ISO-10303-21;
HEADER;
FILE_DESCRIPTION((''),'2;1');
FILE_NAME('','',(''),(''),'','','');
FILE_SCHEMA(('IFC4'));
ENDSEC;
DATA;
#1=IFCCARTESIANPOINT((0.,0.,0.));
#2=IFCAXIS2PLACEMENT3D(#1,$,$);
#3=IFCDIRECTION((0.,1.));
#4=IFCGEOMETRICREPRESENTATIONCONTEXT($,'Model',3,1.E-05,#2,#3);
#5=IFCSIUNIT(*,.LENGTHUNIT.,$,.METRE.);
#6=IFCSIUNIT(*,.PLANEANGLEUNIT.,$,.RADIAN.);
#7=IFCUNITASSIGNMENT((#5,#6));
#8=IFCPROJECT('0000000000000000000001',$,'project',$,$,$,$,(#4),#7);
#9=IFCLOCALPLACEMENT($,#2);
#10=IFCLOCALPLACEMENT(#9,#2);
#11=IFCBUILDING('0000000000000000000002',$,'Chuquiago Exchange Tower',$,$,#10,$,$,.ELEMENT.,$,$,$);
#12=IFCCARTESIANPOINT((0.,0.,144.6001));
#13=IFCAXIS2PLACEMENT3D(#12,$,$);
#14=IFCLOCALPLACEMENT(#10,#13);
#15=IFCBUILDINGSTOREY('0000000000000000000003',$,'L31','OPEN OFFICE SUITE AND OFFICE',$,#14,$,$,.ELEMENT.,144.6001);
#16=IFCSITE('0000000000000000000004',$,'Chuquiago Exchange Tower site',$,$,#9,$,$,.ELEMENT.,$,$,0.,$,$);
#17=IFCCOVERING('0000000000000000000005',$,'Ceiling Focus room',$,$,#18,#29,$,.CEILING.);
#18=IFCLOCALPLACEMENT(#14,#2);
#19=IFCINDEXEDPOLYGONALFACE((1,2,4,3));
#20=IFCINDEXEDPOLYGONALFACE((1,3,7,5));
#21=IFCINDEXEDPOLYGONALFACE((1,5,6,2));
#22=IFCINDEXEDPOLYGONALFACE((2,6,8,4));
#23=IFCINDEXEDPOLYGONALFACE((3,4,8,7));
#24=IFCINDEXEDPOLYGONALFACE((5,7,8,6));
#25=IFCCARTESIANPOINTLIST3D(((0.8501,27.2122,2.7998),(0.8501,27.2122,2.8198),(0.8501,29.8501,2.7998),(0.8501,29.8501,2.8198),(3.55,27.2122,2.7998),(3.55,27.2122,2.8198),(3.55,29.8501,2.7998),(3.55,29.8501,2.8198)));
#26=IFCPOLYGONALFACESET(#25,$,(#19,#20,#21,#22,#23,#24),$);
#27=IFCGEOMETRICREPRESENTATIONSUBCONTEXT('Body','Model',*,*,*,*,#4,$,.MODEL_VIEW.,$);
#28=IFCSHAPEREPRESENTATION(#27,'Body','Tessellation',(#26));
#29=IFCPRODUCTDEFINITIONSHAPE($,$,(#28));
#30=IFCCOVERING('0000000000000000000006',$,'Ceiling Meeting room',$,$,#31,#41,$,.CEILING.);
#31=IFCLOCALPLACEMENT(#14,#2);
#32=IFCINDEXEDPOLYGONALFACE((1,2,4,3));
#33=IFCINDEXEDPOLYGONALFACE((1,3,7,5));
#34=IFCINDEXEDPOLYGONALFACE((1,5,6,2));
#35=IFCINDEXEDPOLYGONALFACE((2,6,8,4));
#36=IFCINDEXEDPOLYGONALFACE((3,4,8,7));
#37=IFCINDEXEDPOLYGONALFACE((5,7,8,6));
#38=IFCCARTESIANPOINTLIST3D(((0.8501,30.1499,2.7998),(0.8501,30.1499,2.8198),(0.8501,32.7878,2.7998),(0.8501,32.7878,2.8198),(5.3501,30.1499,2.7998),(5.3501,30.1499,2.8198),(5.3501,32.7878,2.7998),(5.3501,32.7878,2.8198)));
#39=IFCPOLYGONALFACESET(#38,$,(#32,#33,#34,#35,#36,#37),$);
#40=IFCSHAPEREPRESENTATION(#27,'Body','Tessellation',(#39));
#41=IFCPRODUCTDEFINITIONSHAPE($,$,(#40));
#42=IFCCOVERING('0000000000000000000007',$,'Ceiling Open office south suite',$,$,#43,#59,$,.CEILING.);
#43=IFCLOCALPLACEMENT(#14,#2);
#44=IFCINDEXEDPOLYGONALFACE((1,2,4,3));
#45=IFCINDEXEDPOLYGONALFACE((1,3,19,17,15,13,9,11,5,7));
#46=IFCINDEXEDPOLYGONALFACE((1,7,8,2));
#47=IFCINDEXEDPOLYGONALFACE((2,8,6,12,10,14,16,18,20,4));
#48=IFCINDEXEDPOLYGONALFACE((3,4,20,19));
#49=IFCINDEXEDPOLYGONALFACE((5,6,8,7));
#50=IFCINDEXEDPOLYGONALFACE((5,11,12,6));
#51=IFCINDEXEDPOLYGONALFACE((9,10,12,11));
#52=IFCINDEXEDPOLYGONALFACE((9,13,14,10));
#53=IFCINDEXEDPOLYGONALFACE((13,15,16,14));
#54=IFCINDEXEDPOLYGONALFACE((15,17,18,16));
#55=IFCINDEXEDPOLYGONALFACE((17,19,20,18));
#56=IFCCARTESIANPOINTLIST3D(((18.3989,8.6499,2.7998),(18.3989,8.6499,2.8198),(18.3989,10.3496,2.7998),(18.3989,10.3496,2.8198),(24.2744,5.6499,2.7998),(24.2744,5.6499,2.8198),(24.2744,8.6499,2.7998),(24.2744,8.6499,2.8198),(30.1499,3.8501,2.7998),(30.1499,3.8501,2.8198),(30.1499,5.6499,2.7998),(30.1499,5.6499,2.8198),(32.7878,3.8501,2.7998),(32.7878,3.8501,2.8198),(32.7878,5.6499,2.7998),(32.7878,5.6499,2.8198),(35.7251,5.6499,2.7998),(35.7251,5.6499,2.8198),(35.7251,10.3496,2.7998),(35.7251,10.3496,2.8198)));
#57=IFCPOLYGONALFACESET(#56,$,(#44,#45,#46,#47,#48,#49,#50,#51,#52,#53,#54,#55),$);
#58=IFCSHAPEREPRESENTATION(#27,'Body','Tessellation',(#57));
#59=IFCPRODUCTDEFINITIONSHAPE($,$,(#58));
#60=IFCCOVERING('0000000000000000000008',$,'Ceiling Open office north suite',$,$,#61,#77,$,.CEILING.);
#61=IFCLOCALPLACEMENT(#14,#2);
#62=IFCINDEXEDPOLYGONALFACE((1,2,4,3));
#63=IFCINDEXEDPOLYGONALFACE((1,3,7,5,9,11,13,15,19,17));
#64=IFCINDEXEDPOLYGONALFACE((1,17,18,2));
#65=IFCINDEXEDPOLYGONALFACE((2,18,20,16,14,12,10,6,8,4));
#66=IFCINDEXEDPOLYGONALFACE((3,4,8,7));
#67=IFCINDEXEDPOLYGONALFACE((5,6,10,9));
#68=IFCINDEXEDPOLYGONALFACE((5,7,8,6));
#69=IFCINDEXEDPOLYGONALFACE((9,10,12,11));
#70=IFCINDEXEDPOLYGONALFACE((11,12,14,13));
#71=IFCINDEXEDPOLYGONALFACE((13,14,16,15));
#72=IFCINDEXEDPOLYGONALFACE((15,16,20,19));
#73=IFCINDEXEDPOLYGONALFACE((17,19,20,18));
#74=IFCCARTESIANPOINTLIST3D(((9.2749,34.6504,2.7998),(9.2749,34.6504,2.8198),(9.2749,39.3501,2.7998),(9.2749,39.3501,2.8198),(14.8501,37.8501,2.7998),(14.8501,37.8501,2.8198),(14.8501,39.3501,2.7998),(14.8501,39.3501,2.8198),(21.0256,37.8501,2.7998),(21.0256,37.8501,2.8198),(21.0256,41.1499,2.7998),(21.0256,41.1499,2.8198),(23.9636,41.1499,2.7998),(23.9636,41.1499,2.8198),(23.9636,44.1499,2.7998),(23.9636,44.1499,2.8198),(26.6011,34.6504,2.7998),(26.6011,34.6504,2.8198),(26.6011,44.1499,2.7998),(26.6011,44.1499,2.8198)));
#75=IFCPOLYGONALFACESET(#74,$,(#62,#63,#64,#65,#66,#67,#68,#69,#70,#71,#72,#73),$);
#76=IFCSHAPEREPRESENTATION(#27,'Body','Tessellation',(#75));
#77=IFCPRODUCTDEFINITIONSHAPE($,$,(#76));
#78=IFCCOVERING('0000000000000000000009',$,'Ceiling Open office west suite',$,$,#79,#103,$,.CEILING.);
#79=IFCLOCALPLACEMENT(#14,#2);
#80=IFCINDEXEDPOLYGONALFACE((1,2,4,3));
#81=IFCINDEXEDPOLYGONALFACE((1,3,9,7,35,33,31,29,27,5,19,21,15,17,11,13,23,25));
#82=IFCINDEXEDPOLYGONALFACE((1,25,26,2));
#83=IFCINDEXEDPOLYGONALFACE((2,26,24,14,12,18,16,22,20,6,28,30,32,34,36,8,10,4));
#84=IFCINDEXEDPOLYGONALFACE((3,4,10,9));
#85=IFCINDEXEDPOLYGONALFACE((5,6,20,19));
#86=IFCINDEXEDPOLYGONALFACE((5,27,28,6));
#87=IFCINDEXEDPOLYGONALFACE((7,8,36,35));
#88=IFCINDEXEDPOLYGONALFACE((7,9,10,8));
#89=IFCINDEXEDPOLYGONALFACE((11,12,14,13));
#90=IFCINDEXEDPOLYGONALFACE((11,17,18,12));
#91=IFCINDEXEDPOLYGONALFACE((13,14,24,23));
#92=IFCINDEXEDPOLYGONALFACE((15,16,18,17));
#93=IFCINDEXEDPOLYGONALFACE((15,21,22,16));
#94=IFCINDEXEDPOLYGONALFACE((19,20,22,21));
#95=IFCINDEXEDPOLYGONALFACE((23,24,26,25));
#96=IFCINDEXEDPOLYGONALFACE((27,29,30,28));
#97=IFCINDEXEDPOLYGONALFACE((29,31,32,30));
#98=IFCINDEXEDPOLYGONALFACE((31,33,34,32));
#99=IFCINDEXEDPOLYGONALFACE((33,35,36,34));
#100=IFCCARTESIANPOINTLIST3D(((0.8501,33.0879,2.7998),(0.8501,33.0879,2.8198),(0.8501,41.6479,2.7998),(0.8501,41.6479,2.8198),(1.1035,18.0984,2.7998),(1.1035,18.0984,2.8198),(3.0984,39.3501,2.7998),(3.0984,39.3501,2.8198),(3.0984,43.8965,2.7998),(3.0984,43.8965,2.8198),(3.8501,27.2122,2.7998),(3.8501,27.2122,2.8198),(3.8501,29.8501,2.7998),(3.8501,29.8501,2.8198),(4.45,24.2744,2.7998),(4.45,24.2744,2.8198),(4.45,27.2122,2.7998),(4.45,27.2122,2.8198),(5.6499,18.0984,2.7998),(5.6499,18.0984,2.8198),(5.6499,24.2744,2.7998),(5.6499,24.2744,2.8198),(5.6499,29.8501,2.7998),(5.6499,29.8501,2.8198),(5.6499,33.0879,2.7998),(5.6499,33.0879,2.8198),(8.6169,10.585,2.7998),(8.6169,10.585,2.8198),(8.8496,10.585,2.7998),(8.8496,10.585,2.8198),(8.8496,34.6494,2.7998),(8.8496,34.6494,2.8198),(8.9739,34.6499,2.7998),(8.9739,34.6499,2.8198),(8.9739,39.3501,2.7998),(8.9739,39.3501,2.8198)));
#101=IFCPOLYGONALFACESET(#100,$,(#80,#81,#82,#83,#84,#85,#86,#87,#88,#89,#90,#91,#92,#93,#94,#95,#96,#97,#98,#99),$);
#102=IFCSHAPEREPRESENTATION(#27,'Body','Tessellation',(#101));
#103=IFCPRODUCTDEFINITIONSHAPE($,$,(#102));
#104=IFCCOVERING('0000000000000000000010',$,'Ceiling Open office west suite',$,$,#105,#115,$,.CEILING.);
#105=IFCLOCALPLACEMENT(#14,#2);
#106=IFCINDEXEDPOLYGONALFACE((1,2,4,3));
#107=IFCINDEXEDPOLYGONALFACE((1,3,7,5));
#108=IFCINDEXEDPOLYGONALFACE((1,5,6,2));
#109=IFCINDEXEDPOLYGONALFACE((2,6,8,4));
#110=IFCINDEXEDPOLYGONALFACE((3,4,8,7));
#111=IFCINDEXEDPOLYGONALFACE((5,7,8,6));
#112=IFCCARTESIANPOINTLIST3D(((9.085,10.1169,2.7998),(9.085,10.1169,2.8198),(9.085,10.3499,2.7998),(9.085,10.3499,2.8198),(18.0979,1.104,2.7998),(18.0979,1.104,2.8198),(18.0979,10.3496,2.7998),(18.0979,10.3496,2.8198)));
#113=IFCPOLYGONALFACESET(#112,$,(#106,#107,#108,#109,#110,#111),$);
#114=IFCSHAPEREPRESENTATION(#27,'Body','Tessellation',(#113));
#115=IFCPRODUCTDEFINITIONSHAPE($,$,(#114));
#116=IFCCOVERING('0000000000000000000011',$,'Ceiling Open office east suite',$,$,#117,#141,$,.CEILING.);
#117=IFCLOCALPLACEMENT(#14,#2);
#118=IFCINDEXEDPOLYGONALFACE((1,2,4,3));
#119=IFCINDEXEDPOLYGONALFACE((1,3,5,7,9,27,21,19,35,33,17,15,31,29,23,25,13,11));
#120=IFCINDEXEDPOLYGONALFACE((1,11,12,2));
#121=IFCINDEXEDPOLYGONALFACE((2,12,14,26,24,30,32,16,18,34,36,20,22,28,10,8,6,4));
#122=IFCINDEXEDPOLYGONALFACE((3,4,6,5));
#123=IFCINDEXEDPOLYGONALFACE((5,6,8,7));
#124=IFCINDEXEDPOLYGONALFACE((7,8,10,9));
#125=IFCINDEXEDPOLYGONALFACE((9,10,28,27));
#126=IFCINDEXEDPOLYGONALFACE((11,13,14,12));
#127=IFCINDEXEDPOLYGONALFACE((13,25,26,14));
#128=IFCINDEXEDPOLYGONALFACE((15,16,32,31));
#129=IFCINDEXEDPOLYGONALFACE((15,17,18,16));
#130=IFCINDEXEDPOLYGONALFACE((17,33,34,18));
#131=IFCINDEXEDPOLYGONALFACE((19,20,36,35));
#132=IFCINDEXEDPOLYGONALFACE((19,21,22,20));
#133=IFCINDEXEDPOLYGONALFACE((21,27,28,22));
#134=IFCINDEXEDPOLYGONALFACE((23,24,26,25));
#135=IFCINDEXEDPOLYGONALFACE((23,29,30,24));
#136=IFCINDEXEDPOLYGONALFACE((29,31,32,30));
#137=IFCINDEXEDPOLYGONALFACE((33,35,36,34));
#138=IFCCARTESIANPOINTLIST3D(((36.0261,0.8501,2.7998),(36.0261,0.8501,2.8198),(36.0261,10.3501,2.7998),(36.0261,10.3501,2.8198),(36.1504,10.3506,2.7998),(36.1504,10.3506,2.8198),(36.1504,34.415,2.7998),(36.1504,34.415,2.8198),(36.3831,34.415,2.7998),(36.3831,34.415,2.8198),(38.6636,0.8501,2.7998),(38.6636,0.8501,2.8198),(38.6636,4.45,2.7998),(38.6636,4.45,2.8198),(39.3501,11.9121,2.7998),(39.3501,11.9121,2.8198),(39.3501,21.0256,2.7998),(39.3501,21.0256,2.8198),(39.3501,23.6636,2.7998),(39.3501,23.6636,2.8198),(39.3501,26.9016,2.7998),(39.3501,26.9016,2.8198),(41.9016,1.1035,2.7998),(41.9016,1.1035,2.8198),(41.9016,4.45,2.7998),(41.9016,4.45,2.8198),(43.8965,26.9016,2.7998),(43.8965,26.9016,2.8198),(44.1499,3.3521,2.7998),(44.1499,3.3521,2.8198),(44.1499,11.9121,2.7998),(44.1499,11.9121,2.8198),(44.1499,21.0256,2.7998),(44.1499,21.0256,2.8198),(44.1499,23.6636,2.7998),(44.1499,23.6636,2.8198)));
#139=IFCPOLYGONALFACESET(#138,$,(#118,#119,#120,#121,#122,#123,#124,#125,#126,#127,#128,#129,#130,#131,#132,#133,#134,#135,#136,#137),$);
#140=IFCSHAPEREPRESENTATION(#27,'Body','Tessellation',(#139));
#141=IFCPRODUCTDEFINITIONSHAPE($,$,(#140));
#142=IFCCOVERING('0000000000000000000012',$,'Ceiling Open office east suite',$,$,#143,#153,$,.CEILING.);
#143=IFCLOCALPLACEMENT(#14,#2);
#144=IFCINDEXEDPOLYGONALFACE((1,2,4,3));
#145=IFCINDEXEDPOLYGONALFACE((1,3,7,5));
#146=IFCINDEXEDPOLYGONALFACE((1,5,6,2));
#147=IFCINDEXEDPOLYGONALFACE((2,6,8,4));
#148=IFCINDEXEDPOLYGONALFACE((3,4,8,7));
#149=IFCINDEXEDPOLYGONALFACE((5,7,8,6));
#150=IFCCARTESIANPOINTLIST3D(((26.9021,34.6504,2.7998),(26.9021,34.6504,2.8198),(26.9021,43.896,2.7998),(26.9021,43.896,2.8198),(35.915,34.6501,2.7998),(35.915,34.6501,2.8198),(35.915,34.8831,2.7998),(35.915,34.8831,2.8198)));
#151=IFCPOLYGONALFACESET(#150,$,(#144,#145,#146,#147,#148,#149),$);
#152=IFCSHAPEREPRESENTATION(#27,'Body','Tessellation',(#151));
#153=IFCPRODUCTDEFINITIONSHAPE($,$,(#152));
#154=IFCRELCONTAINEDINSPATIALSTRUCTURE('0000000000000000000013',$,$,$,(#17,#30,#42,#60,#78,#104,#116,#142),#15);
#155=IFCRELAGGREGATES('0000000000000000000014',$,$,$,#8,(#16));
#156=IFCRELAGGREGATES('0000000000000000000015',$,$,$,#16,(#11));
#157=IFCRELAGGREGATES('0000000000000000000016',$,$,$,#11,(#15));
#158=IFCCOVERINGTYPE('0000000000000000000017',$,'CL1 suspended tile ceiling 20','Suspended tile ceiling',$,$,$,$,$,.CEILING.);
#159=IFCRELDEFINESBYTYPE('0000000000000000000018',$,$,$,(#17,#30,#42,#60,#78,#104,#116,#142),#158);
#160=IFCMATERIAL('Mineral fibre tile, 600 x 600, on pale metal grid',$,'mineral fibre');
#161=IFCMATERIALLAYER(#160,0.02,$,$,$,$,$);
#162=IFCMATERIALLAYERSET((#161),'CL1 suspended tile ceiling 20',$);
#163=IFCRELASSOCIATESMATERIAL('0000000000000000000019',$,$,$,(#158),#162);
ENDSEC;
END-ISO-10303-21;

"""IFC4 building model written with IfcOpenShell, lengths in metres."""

from ifc_helpers import new_model, si_unit, direction, frame, origin, place, context, subcontext, project, spatial, polyline, outline, extrude, material, layer, layer_set, type_object, element, save


model = new_model("IFC4")

# Units and contexts
model_context = context("Model", 3, precision=1e-05, world=origin(), true_north=direction((0.0, 1.0)))
body_context = subcontext(model_context, "Body", "Model", "MODEL_VIEW")
ifc_project = project(units=[si_unit("LENGTHUNIT", "METRE"), si_unit("PLANEANGLEUNIT", "RADIAN")], contexts=[model_context])

# Site, building, storey
site_placement = place(None, origin())
site = spatial("IfcSite", under=ifc_project, at=site_placement, Name="Chuquiago Exchange Tower site", CompositionType="ELEMENT", RefElevation=0.0)
building_placement = place(site_placement, origin())
building = spatial("IfcBuilding", under=site, at=building_placement, Name="Chuquiago Exchange Tower", CompositionType="ELEMENT")
storey_placement = place(building_placement, frame((0.0, 0.0, 144.6001)))
storey = spatial("IfcBuildingStorey", under=building, at=storey_placement, Name="L31", Description="OPEN OFFICE SUITE AND OFFICE", CompositionType="ELEMENT", Elevation=144.6001)

# Coverings
ifc_material_1 = material(Name="Mineral fibre tile, 600 x 600, on pale metal grid", Category="mineral fibre")
ifc_layer_1 = layer(ifc_material_1, 0.02)
ifc_layer_set_1 = layer_set([ifc_layer_1], Name="CL1 suspended tile ceiling 20")
covering_type_1 = type_object("IfcCoveringType", Name="CL1 suspended tile ceiling 20", Description="Suspended tile ceiling", PredefinedType="CEILING", material=ifc_layer_set_1)
covering_1_placement = place(storey_placement, frame((0.0, 0.0, 2.7998)))
element("IfcCovering", 1, at=covering_1_placement, inside=storey, type_object=covering_type_1, Name="Ceiling Focus room", PredefinedType="CEILING", context=body_context, shape_type="SweptSolid", body=[
    extrude(outline(polyline([(3.55, 29.8501), (3.55, 27.2122), (0.8501, 27.2122), (0.8501, 29.8501), (3.55, 29.8501)])), origin(), (0.0, 0.0, 1.0), 0.02),
])
covering_2_placement = place(storey_placement, frame((0.0, 0.0, 2.7998)))
element("IfcCovering", 2, at=covering_2_placement, inside=storey, type_object=covering_type_1, Name="Ceiling Meeting room", PredefinedType="CEILING", context=body_context, shape_type="SweptSolid", body=[
    extrude(outline(polyline([(5.3501, 32.7878), (5.3501, 30.1499), (0.8501, 30.1499), (0.8501, 32.7878), (5.3501, 32.7878)])), origin(), (0.0, 0.0, 1.0), 0.02),
])
covering_3_placement = place(storey_placement, frame((0.0, 0.0, 2.7998)))
element("IfcCovering", 3, at=covering_3_placement, inside=storey, type_object=covering_type_1, Name="Ceiling Open office south suite", PredefinedType="CEILING", context=body_context, shape_type="SweptSolid", body=[
    extrude(outline(polyline([(32.7878, 3.8501), (30.1499, 3.8501), (30.1499, 5.6499), (24.2744, 5.6499), (24.2744, 8.6499), (18.3989, 8.6499), (18.3989, 10.3496), (35.7251, 10.3496), (35.7251, 5.6499), (32.7878, 5.6499), (32.7878, 3.8501)])), origin(), (0.0, 0.0, 1.0), 0.02),
])
covering_4_placement = place(storey_placement, frame((0.0, 0.0, 2.7998)))
element("IfcCovering", 4, at=covering_4_placement, inside=storey, type_object=covering_type_1, Name="Ceiling Open office north suite", PredefinedType="CEILING", context=body_context, shape_type="SweptSolid", body=[
    extrude(outline(polyline([(14.8501, 39.3501), (14.8501, 37.8501), (21.0256, 37.8501), (21.0256, 41.1499), (23.9636, 41.1499), (23.9636, 44.1499), (26.6011, 44.1499), (26.6011, 34.6504), (9.2749, 34.6504), (9.2749, 39.3501), (14.8501, 39.3501)])), origin(), (0.0, 0.0, 1.0), 0.02),
])
covering_5_placement = place(storey_placement, frame((0.0, 0.0, 2.7998)))
element("IfcCovering", 5, at=covering_5_placement, inside=storey, type_object=covering_type_1, Name="Ceiling Open office west suite", PredefinedType="CEILING", context=body_context, shape_type="SweptSolid", body=[
    extrude(outline(polyline([(3.0984, 39.3501), (8.9739, 39.3501), (8.9739, 34.6499), (8.8496, 34.6494), (8.8496, 10.585), (8.6169, 10.585), (1.1035, 18.0984), (5.6499, 18.0984), (5.6499, 24.2744), (4.45, 24.2744), (4.45, 27.2122), (3.8501, 27.2122), (3.8501, 29.8501), (5.6499, 29.8501), (5.6499, 33.0879), (0.8501, 33.0879), (0.8501, 41.6479), (3.0984, 43.8965), (3.0984, 39.3501)])), origin(), (0.0, 0.0, 1.0), 0.02),
])
covering_6_placement = place(storey_placement, frame((0.0, 0.0, 2.7998)))
element("IfcCovering", 6, at=covering_6_placement, inside=storey, type_object=covering_type_1, Name="Ceiling Open office west suite", PredefinedType="CEILING", context=body_context, shape_type="SweptSolid", body=[
    extrude(outline(polyline([(18.0979, 10.3496), (18.0979, 1.104), (9.085, 10.1169), (9.085, 10.3499), (18.0979, 10.3496)])), origin(), (0.0, 0.0, 1.0), 0.02),
])
covering_7_placement = place(storey_placement, frame((0.0, 0.0, 2.7998)))
element("IfcCovering", 7, at=covering_7_placement, inside=storey, type_object=covering_type_1, Name="Ceiling Open office east suite", PredefinedType="CEILING", context=body_context, shape_type="SweptSolid", body=[
    extrude(outline(polyline([(36.1504, 10.3506), (36.1504, 34.415), (36.3831, 34.415), (43.8965, 26.9016), (39.3501, 26.9016), (39.3501, 23.6636), (44.1499, 23.6636), (44.1499, 21.0256), (39.3501, 21.0256), (39.3501, 11.9121), (44.1499, 11.9121), (44.1499, 3.3521), (41.9016, 1.1035), (41.9016, 4.45), (38.6636, 4.45), (38.6636, 0.8501), (36.0261, 0.8501), (36.0261, 10.3501), (36.1504, 10.3506)])), origin(), (0.0, 0.0, 1.0), 0.02),
])
covering_8_placement = place(storey_placement, frame((0.0, 0.0, 2.7998)))
element("IfcCovering", 8, at=covering_8_placement, inside=storey, type_object=covering_type_1, Name="Ceiling Open office east suite", PredefinedType="CEILING", context=body_context, shape_type="SweptSolid", body=[
    extrude(outline(polyline([(26.9021, 34.6504), (26.9021, 43.896), (35.915, 34.8831), (35.915, 34.6501), (26.9021, 34.6504)])), origin(), (0.0, 0.0, 1.0), 0.02),
])

save(model, "model.ifc")
